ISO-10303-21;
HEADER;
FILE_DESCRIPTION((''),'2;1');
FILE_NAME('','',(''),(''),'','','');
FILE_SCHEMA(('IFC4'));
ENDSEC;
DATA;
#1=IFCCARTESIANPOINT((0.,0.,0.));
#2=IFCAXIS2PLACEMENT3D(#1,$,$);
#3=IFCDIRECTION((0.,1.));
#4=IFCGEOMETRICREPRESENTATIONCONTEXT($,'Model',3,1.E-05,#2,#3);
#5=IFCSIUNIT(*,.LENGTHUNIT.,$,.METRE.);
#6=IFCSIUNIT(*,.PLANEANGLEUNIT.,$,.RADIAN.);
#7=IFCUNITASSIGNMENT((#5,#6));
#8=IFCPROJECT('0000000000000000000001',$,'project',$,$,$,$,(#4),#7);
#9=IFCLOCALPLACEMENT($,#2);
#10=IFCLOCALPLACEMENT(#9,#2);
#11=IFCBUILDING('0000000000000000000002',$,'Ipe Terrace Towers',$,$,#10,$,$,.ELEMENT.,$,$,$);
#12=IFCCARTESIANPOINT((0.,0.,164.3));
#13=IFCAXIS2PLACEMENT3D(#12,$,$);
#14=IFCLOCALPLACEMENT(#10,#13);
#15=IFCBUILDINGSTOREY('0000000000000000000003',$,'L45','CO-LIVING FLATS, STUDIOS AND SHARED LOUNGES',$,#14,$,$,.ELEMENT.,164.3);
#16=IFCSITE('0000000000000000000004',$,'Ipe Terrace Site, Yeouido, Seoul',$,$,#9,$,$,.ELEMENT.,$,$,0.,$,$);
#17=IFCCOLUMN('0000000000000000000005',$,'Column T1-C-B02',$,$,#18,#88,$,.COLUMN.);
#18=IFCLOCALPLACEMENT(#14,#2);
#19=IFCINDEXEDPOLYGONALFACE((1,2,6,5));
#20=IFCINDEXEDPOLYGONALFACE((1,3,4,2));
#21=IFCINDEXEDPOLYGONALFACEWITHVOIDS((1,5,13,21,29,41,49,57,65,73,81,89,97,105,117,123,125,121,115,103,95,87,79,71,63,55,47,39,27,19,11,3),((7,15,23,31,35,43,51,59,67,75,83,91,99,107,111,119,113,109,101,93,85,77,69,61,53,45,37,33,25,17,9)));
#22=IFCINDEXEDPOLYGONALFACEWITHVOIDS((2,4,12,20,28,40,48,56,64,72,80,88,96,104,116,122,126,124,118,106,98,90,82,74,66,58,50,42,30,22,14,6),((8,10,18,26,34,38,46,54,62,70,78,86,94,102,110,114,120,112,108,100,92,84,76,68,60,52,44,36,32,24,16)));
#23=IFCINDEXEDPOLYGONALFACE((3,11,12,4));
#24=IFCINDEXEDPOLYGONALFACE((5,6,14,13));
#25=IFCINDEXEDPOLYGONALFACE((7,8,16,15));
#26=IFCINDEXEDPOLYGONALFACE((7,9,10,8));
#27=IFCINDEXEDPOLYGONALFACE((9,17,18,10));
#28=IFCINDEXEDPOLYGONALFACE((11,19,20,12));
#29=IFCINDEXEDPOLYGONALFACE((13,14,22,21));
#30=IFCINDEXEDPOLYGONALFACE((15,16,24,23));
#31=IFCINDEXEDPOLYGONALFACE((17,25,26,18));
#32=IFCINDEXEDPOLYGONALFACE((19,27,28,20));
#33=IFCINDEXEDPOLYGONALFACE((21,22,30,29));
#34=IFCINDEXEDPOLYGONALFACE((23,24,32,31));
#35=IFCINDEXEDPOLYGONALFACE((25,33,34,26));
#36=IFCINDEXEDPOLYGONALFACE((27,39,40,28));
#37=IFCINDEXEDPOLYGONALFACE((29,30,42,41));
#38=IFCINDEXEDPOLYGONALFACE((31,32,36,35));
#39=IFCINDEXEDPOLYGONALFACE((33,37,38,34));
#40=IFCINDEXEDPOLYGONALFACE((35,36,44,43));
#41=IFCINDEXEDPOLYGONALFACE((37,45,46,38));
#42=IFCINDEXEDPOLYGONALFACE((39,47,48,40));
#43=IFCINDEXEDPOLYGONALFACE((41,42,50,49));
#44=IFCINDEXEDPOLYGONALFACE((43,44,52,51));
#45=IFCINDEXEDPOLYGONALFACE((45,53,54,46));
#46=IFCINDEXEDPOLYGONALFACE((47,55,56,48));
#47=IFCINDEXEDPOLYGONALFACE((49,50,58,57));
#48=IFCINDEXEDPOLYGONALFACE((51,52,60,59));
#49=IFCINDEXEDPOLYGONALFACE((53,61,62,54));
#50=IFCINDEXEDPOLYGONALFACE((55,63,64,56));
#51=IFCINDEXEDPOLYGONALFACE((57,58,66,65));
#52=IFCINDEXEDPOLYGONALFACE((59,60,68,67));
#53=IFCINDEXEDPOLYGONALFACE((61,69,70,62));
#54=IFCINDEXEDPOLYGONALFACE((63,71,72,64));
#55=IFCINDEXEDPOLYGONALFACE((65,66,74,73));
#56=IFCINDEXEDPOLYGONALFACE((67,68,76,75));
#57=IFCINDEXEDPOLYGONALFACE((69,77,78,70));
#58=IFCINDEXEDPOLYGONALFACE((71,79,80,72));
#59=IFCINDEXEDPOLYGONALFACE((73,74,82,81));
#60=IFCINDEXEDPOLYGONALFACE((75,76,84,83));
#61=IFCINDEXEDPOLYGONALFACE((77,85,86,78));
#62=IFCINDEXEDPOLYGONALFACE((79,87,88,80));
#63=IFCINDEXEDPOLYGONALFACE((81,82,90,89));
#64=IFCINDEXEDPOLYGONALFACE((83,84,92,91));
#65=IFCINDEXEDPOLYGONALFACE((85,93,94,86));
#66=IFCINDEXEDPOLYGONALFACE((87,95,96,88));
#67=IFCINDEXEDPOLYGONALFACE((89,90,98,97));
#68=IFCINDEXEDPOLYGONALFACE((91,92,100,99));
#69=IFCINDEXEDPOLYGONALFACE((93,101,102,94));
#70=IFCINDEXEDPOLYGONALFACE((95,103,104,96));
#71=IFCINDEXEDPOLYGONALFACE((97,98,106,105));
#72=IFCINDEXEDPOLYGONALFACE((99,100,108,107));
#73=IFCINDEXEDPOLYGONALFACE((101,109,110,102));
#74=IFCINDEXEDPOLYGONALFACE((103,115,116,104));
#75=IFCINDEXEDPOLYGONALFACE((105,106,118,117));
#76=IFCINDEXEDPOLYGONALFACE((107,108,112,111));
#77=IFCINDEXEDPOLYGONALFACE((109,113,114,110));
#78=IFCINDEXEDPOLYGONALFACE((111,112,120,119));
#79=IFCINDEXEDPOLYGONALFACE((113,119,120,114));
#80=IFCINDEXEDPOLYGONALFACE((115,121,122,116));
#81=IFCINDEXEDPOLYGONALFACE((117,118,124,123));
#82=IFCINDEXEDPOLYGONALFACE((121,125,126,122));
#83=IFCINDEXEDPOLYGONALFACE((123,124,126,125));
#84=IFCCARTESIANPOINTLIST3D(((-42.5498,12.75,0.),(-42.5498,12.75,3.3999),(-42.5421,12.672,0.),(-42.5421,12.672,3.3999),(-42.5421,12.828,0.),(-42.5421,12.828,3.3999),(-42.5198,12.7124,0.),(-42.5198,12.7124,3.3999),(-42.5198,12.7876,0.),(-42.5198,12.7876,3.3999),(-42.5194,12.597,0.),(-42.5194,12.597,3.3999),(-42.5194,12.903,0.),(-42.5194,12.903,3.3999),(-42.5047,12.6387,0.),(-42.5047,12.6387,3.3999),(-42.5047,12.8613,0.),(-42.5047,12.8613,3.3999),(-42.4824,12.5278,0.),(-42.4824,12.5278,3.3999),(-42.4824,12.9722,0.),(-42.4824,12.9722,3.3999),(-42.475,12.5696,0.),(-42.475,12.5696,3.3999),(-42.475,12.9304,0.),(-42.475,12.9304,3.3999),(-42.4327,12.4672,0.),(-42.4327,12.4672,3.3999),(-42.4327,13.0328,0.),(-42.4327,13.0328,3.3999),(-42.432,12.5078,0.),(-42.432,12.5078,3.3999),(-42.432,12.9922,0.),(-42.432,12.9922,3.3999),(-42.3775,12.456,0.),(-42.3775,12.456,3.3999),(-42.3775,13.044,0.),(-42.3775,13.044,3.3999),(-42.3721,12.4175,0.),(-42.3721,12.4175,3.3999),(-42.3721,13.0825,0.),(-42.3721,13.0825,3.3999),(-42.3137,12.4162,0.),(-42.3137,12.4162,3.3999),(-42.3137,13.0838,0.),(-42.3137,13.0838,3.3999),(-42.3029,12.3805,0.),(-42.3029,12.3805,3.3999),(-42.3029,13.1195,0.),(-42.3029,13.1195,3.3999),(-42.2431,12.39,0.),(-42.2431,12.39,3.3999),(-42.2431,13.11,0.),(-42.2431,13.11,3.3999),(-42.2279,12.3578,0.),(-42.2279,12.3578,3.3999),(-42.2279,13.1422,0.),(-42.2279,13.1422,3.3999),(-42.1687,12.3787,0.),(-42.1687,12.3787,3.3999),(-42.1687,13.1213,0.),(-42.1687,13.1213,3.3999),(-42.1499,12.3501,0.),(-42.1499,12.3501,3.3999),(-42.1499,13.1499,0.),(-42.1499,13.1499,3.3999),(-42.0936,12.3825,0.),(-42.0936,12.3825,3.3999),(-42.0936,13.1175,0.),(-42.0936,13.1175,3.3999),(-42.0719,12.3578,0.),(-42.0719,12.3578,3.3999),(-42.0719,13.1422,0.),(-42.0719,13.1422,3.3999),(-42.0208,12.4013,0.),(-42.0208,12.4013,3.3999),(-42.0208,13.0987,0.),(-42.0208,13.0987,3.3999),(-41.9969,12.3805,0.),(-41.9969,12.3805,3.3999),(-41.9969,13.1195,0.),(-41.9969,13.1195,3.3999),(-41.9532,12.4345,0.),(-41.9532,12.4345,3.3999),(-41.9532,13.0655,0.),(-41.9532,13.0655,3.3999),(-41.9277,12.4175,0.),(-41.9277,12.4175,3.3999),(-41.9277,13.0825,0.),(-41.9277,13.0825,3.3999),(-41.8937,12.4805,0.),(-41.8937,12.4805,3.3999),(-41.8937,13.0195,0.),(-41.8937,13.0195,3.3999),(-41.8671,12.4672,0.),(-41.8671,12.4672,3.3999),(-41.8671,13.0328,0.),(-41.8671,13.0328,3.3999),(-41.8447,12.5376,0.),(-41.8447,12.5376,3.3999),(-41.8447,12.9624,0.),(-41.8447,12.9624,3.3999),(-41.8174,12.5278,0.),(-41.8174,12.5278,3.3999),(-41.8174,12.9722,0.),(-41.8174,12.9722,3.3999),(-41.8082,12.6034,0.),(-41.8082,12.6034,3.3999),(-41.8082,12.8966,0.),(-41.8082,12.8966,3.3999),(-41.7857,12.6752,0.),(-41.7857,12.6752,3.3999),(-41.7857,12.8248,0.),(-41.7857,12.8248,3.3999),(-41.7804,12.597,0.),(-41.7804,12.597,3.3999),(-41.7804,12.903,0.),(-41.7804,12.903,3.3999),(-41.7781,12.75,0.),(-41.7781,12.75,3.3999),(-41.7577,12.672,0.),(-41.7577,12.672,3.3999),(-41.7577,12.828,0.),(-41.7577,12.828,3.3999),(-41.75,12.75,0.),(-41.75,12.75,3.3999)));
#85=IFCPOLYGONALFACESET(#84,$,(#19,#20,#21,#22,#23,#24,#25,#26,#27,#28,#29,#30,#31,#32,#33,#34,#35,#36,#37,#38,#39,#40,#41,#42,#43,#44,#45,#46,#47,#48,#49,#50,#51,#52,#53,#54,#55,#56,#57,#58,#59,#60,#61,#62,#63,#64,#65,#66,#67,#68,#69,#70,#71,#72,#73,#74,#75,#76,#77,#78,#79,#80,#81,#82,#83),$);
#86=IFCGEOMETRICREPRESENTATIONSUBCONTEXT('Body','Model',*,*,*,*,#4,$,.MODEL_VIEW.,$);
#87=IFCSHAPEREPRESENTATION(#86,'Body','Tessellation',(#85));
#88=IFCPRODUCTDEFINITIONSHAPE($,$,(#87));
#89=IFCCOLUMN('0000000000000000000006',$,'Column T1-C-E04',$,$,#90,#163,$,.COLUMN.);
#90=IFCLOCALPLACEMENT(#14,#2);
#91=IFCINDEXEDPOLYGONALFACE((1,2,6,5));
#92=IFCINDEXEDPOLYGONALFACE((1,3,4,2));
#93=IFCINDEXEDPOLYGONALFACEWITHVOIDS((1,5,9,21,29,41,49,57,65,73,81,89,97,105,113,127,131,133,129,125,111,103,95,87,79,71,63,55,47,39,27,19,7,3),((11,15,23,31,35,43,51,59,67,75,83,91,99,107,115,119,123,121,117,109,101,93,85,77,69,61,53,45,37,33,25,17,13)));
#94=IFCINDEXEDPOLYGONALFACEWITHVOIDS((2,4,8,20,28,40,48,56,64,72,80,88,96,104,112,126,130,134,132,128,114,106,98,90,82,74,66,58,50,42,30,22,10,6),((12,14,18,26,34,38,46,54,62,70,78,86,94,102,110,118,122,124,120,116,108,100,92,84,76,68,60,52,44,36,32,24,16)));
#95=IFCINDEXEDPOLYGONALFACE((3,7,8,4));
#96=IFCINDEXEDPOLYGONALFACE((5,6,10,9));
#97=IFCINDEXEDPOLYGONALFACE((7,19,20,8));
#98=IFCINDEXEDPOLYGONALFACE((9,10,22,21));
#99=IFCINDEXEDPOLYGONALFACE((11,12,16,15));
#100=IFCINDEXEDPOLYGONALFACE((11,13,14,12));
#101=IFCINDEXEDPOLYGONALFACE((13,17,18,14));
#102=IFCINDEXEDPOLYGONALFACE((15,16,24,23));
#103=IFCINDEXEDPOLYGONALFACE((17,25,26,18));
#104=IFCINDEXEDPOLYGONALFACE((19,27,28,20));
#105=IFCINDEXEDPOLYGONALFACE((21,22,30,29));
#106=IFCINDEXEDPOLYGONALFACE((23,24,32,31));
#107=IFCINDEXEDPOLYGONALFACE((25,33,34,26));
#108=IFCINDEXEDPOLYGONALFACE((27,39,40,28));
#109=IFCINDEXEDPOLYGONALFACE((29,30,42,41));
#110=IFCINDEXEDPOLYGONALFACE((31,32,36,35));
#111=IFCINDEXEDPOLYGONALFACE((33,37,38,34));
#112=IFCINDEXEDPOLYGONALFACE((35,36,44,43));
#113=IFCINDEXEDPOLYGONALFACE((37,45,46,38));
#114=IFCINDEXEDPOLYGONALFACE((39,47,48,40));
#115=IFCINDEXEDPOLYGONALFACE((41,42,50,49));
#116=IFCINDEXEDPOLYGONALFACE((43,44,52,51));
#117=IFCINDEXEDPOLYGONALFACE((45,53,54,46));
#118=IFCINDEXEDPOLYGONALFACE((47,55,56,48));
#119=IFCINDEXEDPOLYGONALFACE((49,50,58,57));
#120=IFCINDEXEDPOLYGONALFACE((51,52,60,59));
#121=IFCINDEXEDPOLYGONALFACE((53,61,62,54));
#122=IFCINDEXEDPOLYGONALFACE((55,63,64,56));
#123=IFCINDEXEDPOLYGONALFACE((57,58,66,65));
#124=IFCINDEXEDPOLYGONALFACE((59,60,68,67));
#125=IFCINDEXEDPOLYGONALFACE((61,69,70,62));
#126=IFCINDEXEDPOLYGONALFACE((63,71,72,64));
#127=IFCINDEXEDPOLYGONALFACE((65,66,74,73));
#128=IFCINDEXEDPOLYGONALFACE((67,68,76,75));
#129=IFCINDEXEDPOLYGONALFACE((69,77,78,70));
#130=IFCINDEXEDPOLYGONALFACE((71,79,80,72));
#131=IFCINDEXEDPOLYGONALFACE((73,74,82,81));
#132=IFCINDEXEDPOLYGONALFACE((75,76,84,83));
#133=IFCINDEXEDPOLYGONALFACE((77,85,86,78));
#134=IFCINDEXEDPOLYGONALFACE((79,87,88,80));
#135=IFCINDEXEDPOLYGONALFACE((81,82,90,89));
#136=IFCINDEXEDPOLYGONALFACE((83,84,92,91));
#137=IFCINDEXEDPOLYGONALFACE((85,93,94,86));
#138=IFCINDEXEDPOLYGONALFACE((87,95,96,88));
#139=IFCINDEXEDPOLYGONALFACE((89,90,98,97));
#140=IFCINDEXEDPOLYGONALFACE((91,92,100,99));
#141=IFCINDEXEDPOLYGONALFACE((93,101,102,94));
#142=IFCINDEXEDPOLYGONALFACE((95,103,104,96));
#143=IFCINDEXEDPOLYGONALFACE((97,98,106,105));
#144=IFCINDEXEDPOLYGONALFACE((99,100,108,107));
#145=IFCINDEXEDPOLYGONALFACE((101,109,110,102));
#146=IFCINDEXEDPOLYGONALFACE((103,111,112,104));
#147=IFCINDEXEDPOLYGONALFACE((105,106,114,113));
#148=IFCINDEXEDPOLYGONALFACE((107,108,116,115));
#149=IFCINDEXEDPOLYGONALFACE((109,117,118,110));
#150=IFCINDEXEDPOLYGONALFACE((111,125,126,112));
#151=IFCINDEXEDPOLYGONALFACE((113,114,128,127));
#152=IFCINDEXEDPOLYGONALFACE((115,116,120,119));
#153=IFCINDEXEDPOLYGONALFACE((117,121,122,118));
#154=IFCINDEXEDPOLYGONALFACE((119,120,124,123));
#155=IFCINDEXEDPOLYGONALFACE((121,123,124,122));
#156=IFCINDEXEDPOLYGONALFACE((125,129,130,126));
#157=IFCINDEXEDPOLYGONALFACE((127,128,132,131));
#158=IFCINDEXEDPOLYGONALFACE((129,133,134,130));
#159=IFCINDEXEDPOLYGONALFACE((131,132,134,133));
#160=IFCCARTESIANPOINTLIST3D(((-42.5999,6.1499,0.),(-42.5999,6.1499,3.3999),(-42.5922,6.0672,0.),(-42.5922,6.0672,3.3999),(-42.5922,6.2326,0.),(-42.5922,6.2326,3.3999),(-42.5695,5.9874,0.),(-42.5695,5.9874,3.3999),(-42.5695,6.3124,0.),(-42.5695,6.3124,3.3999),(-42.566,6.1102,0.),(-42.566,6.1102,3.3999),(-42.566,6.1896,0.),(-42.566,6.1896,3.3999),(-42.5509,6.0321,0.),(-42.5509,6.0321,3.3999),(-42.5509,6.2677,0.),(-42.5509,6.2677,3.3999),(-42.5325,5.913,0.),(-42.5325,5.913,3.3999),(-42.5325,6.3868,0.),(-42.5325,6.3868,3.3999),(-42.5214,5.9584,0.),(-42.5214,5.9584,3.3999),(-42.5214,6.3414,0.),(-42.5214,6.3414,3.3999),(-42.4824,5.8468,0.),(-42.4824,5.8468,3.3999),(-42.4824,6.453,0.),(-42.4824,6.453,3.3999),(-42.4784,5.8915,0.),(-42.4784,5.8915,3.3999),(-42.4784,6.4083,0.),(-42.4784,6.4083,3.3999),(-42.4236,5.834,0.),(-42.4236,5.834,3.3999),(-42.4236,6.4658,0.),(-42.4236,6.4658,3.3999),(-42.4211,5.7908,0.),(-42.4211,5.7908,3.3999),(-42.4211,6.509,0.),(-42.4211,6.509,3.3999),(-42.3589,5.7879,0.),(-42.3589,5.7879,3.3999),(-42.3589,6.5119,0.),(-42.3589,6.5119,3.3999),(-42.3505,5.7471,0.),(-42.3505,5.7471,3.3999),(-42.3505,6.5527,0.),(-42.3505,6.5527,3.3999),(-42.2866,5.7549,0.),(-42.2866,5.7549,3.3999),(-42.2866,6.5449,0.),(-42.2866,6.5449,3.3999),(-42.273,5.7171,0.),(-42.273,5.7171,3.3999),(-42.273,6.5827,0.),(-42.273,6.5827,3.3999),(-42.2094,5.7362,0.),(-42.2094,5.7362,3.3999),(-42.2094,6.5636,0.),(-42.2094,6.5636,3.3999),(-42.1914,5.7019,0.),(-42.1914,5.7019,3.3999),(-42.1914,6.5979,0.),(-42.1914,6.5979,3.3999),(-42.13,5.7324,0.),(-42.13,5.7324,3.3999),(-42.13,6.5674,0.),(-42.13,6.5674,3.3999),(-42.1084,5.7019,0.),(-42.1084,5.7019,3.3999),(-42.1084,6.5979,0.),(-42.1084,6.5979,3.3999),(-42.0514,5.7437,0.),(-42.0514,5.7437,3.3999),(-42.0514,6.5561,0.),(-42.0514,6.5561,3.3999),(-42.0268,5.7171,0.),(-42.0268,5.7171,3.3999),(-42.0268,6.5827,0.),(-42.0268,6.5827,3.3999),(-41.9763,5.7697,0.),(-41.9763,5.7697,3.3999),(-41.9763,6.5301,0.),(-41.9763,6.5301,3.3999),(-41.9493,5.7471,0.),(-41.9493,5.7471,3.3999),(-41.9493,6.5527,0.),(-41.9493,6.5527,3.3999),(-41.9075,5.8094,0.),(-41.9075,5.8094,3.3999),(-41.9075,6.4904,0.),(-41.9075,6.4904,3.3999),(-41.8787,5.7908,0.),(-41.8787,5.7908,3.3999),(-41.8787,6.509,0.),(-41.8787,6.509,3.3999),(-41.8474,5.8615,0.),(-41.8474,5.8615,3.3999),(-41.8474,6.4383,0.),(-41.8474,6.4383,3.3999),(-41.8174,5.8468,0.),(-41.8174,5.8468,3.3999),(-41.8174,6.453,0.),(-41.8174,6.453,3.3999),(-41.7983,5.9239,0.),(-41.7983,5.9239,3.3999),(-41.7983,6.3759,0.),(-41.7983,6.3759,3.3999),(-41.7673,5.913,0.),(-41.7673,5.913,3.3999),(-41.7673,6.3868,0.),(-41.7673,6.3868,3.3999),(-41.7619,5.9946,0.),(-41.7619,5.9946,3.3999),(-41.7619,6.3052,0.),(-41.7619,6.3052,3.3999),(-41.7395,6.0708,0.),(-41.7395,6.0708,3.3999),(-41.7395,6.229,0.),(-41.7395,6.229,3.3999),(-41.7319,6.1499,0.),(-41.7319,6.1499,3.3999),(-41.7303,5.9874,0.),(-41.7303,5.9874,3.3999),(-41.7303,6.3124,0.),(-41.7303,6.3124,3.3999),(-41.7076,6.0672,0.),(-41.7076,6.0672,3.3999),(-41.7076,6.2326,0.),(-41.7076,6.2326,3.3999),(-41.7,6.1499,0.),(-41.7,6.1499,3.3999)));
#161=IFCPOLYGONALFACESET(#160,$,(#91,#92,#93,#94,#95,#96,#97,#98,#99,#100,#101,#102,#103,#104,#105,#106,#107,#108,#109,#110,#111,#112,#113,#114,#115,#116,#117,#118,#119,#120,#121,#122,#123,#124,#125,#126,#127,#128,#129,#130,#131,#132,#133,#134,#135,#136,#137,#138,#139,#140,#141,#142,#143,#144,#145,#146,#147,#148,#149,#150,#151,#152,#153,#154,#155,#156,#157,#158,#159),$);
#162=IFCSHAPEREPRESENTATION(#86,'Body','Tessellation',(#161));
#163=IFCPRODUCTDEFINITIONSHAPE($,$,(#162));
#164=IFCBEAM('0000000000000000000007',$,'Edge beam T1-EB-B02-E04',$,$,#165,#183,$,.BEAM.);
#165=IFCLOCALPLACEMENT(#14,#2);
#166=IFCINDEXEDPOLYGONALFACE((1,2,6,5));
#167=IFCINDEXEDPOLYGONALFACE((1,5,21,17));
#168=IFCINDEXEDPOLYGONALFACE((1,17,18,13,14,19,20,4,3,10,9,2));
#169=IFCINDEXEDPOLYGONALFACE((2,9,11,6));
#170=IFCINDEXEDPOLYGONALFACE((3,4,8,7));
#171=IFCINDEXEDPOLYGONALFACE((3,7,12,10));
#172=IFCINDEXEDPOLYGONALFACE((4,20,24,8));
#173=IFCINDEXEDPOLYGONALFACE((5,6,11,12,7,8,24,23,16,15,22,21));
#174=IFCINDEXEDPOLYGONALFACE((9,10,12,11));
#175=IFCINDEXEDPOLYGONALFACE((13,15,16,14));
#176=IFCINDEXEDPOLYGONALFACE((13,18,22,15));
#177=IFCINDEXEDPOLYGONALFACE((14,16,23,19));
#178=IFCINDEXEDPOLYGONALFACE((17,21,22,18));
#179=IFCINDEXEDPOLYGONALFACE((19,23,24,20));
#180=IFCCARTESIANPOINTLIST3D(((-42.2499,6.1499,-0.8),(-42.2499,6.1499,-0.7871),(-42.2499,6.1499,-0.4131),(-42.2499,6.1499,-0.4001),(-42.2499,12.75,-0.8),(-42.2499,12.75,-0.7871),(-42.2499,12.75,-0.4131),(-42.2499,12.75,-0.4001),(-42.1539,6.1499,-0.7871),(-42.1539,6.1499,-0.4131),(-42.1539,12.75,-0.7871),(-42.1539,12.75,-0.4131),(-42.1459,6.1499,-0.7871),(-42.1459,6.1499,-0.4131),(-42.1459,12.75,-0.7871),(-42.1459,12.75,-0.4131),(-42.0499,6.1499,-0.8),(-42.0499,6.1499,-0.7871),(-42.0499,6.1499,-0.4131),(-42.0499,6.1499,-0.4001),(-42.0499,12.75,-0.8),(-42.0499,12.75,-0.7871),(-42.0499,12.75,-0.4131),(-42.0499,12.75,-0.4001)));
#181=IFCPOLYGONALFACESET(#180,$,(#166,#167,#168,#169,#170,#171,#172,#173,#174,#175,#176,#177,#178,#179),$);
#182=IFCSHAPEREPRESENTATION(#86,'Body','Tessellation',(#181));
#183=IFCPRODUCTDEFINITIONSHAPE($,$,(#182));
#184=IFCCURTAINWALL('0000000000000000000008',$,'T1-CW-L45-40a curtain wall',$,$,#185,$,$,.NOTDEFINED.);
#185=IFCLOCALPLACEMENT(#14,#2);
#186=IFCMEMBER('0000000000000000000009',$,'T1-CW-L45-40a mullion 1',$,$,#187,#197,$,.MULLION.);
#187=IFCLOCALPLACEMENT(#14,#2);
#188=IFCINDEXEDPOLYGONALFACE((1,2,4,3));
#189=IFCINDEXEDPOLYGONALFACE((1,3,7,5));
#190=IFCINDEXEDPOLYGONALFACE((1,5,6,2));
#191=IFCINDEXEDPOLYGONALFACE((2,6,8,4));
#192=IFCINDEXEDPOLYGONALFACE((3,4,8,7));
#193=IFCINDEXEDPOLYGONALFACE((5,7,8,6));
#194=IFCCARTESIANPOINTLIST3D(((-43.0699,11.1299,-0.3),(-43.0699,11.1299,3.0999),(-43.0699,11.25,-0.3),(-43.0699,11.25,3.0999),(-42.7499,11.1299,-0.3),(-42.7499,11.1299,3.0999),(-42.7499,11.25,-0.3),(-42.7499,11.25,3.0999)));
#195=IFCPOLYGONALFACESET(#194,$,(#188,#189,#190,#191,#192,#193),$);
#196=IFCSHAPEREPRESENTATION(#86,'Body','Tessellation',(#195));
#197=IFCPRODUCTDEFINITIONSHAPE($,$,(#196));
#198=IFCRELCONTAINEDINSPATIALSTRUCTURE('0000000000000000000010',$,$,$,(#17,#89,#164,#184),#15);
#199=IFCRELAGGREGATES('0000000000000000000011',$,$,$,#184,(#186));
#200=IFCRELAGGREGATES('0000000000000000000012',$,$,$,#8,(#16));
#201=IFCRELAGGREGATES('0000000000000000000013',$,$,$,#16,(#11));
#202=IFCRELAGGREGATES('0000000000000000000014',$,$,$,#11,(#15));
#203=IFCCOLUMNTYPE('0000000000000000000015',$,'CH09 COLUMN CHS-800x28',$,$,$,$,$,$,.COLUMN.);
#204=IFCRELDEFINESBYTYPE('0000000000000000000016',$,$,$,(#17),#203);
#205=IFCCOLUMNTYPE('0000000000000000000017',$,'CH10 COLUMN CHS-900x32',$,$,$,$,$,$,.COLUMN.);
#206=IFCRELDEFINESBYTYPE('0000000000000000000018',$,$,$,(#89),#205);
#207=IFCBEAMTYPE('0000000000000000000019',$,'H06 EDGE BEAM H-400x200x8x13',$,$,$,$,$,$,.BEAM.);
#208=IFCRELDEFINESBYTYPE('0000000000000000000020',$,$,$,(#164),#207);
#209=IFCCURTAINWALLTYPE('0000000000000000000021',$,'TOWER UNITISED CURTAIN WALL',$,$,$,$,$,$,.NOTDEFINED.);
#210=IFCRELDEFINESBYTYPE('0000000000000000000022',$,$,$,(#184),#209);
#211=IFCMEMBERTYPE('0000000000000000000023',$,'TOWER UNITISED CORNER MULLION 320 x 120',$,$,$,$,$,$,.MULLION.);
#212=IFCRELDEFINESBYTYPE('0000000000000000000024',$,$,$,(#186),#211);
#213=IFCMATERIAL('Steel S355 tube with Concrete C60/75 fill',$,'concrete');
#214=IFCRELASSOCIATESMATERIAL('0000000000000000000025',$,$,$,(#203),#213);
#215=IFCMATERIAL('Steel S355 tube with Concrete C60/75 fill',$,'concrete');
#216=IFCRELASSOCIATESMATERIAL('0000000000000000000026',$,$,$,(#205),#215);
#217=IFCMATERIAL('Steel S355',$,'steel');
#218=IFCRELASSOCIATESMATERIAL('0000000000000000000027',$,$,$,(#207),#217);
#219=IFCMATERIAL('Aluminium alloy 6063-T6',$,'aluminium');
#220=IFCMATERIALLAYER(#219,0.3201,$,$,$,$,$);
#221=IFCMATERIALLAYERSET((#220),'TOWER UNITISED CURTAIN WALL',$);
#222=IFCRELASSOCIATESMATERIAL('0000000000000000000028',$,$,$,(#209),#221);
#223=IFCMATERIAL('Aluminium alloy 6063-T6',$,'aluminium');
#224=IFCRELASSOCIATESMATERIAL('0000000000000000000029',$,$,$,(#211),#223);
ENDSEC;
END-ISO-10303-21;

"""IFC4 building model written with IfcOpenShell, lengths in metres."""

from ifc_helpers import new_model, si_unit, direction, frame, origin, origin_2d, place, context, subcontext, project, spatial, rectangle, hollow_circle, i_section, extrude, material, layer, layer_set, material_profile, profile_set, type_object, element, aggregate, save


model = new_model("IFC4")

# Units and contexts
model_context = context("Model", 3, precision=1e-05, world=origin(), true_north=direction((0.0, 1.0)))
body_context = subcontext(model_context, "Body", "Model", "MODEL_VIEW")
ifc_project = project(units=[si_unit("LENGTHUNIT", "METRE"), si_unit("PLANEANGLEUNIT", "RADIAN")], contexts=[model_context])

# Site, building, storey
site_placement = place(None, origin())
site = spatial("IfcSite", under=ifc_project, at=site_placement, Name="Ipe Terrace Site, Yeouido, Seoul", CompositionType="ELEMENT", RefElevation=0.0)
building_placement = place(site_placement, origin())
building = spatial("IfcBuilding", under=site, at=building_placement, Name="Ipe Terrace Towers", CompositionType="ELEMENT")
storey_placement = place(building_placement, frame((0.0, 0.0, 164.3)))
storey = spatial("IfcBuildingStorey", under=building, at=storey_placement, Name="L45", Description="CO-LIVING FLATS, STUDIOS AND SHARED LOUNGES", CompositionType="ELEMENT", Elevation=164.3)

# Columns
ifc_material_1 = material(Name="Steel S355 tube with Concrete C60/75 fill", Category="concrete")
ifc_material_profile_1 = material_profile(ifc_material_1, hollow_circle(Radius=0.3999, WallThickness=0.0281, at=origin_2d()), Name="CHS-800x28")
ifc_profile_set_1 = profile_set([ifc_material_profile_1], Name="Steel S355 tube with Concrete C60/75 fill")
column_type_1 = type_object("IfcColumnType", Name="CH09 COLUMN CHS-800x28", PredefinedType="COLUMN", material=ifc_profile_set_1)
column_1_placement = place(storey_placement, frame((-42.1499, 12.75, 0.0), z_axis=(0.0, 0.0, 1.0), x_axis=(1.0, 0.0, 0.0)))
element("IfcColumn", 1, at=column_1_placement, inside=storey, type_object=column_type_1, Name="Column T1-C-B02", PredefinedType="COLUMN", context=body_context, shape_type="SweptSolid", body=[
    extrude(hollow_circle(Radius=0.3999, WallThickness=0.0281, at=origin_2d()), origin(), (0.0, 0.0, 1.0), 3.3999),
])
ifc_material_2 = material(Name="Steel S355 tube with Concrete C60/75 fill", Category="concrete")
ifc_material_profile_2 = material_profile(ifc_material_2, hollow_circle(Radius=0.45, WallThickness=0.032, at=origin_2d()), Name="CHS-900x32")
ifc_profile_set_2 = profile_set([ifc_material_profile_2], Name="Steel S355 tube with Concrete C60/75 fill")
column_type_2 = type_object("IfcColumnType", Name="CH10 COLUMN CHS-900x32", PredefinedType="COLUMN", material=ifc_profile_set_2)
column_2_placement = place(storey_placement, frame((-42.1499, 6.1499, 0.0), z_axis=(0.0, 0.0, 1.0), x_axis=(1.0, 0.0, 0.0)))
element("IfcColumn", 2, at=column_2_placement, inside=storey, type_object=column_type_2, Name="Column T1-C-E04", PredefinedType="COLUMN", context=body_context, shape_type="SweptSolid", body=[
    extrude(hollow_circle(Radius=0.45, WallThickness=0.032, at=origin_2d()), origin(), (0.0, 0.0, 1.0), 3.3999),
])

# Beam
ifc_material_3 = material(Name="Steel S355", Category="steel")
ifc_material_profile_3 = material_profile(ifc_material_3, i_section(OverallWidth=0.2, OverallDepth=0.3999, WebThickness=0.0081, FlangeThickness=0.0129, at=origin_2d()), Name="H-400x200x8x13")
ifc_profile_set_3 = profile_set([ifc_material_profile_3], Name="Steel S355")
beam_type = type_object("IfcBeamType", Name="H06 EDGE BEAM H-400x200x8x13", PredefinedType="BEAM", material=ifc_profile_set_3)
beam_placement = place(storey_placement, frame((-42.1499, 12.75, -0.6001), z_axis=(0.0, -1.0, 0.0), x_axis=(1.0, 0.0, 0.0)))
element("IfcBeam", 3, at=beam_placement, inside=storey, type_object=beam_type, Name="Edge beam T1-EB-B02-E04", PredefinedType="BEAM", context=body_context, shape_type="SweptSolid", body=[
    extrude(i_section(OverallWidth=0.2, OverallDepth=0.3999, WebThickness=0.0081, FlangeThickness=0.0129, at=origin_2d()), origin(), (0.0, 0.0, 1.0), 6.6001),
])

# Curtain wall, member
ifc_material_4 = material(Name="Aluminium alloy 6063-T6", Category="aluminium")
ifc_layer_1 = layer(ifc_material_4, 0.3201)
ifc_layer_set_1 = layer_set([ifc_layer_1], Name="TOWER UNITISED CURTAIN WALL")
curtain_wall_type = type_object("IfcCurtainWallType", Name="TOWER UNITISED CURTAIN WALL", PredefinedType="NOTDEFINED", material=ifc_layer_set_1)
curtain_wall_placement = place(storey_placement, origin())
curtain_wall = element("IfcCurtainWall", 4, at=curtain_wall_placement, inside=storey, type_object=curtain_wall_type, Name="T1-CW-L45-40a curtain wall", PredefinedType="NOTDEFINED")
ifc_material_5 = material(Name="Aluminium alloy 6063-T6", Category="aluminium")
ifc_material_profile_4 = material_profile(ifc_material_5, rectangle(XDim=0.3201, YDim=0.1201, at=origin_2d()), Name="TOWER UNITISED CORNER MULLION 320 x 120")
ifc_profile_set_4 = profile_set([ifc_material_profile_4], Name="Aluminium alloy 6063-T6")
member_type = type_object("IfcMemberType", Name="TOWER UNITISED CORNER MULLION 320 x 120", PredefinedType="MULLION", material=ifc_profile_set_4)
member_1_placement = place(storey_placement, frame((-42.9099, 11.1899, -0.3), z_axis=(0.0, 0.0, 1.0), x_axis=(-1.0, 0.0, 0.0)))
member_1 = element("IfcMember", 5, at=member_1_placement, type_object=member_type, Name="T1-CW-L45-40a mullion 1", PredefinedType="MULLION", context=body_context, shape_type="SweptSolid", body=[
    extrude(rectangle(XDim=0.3201, YDim=0.1201, at=origin_2d()), origin(), (0.0, 0.0, 1.0), 3.3999),
])
aggregate(curtain_wall, [member_1])

save(model, "model.ifc")
